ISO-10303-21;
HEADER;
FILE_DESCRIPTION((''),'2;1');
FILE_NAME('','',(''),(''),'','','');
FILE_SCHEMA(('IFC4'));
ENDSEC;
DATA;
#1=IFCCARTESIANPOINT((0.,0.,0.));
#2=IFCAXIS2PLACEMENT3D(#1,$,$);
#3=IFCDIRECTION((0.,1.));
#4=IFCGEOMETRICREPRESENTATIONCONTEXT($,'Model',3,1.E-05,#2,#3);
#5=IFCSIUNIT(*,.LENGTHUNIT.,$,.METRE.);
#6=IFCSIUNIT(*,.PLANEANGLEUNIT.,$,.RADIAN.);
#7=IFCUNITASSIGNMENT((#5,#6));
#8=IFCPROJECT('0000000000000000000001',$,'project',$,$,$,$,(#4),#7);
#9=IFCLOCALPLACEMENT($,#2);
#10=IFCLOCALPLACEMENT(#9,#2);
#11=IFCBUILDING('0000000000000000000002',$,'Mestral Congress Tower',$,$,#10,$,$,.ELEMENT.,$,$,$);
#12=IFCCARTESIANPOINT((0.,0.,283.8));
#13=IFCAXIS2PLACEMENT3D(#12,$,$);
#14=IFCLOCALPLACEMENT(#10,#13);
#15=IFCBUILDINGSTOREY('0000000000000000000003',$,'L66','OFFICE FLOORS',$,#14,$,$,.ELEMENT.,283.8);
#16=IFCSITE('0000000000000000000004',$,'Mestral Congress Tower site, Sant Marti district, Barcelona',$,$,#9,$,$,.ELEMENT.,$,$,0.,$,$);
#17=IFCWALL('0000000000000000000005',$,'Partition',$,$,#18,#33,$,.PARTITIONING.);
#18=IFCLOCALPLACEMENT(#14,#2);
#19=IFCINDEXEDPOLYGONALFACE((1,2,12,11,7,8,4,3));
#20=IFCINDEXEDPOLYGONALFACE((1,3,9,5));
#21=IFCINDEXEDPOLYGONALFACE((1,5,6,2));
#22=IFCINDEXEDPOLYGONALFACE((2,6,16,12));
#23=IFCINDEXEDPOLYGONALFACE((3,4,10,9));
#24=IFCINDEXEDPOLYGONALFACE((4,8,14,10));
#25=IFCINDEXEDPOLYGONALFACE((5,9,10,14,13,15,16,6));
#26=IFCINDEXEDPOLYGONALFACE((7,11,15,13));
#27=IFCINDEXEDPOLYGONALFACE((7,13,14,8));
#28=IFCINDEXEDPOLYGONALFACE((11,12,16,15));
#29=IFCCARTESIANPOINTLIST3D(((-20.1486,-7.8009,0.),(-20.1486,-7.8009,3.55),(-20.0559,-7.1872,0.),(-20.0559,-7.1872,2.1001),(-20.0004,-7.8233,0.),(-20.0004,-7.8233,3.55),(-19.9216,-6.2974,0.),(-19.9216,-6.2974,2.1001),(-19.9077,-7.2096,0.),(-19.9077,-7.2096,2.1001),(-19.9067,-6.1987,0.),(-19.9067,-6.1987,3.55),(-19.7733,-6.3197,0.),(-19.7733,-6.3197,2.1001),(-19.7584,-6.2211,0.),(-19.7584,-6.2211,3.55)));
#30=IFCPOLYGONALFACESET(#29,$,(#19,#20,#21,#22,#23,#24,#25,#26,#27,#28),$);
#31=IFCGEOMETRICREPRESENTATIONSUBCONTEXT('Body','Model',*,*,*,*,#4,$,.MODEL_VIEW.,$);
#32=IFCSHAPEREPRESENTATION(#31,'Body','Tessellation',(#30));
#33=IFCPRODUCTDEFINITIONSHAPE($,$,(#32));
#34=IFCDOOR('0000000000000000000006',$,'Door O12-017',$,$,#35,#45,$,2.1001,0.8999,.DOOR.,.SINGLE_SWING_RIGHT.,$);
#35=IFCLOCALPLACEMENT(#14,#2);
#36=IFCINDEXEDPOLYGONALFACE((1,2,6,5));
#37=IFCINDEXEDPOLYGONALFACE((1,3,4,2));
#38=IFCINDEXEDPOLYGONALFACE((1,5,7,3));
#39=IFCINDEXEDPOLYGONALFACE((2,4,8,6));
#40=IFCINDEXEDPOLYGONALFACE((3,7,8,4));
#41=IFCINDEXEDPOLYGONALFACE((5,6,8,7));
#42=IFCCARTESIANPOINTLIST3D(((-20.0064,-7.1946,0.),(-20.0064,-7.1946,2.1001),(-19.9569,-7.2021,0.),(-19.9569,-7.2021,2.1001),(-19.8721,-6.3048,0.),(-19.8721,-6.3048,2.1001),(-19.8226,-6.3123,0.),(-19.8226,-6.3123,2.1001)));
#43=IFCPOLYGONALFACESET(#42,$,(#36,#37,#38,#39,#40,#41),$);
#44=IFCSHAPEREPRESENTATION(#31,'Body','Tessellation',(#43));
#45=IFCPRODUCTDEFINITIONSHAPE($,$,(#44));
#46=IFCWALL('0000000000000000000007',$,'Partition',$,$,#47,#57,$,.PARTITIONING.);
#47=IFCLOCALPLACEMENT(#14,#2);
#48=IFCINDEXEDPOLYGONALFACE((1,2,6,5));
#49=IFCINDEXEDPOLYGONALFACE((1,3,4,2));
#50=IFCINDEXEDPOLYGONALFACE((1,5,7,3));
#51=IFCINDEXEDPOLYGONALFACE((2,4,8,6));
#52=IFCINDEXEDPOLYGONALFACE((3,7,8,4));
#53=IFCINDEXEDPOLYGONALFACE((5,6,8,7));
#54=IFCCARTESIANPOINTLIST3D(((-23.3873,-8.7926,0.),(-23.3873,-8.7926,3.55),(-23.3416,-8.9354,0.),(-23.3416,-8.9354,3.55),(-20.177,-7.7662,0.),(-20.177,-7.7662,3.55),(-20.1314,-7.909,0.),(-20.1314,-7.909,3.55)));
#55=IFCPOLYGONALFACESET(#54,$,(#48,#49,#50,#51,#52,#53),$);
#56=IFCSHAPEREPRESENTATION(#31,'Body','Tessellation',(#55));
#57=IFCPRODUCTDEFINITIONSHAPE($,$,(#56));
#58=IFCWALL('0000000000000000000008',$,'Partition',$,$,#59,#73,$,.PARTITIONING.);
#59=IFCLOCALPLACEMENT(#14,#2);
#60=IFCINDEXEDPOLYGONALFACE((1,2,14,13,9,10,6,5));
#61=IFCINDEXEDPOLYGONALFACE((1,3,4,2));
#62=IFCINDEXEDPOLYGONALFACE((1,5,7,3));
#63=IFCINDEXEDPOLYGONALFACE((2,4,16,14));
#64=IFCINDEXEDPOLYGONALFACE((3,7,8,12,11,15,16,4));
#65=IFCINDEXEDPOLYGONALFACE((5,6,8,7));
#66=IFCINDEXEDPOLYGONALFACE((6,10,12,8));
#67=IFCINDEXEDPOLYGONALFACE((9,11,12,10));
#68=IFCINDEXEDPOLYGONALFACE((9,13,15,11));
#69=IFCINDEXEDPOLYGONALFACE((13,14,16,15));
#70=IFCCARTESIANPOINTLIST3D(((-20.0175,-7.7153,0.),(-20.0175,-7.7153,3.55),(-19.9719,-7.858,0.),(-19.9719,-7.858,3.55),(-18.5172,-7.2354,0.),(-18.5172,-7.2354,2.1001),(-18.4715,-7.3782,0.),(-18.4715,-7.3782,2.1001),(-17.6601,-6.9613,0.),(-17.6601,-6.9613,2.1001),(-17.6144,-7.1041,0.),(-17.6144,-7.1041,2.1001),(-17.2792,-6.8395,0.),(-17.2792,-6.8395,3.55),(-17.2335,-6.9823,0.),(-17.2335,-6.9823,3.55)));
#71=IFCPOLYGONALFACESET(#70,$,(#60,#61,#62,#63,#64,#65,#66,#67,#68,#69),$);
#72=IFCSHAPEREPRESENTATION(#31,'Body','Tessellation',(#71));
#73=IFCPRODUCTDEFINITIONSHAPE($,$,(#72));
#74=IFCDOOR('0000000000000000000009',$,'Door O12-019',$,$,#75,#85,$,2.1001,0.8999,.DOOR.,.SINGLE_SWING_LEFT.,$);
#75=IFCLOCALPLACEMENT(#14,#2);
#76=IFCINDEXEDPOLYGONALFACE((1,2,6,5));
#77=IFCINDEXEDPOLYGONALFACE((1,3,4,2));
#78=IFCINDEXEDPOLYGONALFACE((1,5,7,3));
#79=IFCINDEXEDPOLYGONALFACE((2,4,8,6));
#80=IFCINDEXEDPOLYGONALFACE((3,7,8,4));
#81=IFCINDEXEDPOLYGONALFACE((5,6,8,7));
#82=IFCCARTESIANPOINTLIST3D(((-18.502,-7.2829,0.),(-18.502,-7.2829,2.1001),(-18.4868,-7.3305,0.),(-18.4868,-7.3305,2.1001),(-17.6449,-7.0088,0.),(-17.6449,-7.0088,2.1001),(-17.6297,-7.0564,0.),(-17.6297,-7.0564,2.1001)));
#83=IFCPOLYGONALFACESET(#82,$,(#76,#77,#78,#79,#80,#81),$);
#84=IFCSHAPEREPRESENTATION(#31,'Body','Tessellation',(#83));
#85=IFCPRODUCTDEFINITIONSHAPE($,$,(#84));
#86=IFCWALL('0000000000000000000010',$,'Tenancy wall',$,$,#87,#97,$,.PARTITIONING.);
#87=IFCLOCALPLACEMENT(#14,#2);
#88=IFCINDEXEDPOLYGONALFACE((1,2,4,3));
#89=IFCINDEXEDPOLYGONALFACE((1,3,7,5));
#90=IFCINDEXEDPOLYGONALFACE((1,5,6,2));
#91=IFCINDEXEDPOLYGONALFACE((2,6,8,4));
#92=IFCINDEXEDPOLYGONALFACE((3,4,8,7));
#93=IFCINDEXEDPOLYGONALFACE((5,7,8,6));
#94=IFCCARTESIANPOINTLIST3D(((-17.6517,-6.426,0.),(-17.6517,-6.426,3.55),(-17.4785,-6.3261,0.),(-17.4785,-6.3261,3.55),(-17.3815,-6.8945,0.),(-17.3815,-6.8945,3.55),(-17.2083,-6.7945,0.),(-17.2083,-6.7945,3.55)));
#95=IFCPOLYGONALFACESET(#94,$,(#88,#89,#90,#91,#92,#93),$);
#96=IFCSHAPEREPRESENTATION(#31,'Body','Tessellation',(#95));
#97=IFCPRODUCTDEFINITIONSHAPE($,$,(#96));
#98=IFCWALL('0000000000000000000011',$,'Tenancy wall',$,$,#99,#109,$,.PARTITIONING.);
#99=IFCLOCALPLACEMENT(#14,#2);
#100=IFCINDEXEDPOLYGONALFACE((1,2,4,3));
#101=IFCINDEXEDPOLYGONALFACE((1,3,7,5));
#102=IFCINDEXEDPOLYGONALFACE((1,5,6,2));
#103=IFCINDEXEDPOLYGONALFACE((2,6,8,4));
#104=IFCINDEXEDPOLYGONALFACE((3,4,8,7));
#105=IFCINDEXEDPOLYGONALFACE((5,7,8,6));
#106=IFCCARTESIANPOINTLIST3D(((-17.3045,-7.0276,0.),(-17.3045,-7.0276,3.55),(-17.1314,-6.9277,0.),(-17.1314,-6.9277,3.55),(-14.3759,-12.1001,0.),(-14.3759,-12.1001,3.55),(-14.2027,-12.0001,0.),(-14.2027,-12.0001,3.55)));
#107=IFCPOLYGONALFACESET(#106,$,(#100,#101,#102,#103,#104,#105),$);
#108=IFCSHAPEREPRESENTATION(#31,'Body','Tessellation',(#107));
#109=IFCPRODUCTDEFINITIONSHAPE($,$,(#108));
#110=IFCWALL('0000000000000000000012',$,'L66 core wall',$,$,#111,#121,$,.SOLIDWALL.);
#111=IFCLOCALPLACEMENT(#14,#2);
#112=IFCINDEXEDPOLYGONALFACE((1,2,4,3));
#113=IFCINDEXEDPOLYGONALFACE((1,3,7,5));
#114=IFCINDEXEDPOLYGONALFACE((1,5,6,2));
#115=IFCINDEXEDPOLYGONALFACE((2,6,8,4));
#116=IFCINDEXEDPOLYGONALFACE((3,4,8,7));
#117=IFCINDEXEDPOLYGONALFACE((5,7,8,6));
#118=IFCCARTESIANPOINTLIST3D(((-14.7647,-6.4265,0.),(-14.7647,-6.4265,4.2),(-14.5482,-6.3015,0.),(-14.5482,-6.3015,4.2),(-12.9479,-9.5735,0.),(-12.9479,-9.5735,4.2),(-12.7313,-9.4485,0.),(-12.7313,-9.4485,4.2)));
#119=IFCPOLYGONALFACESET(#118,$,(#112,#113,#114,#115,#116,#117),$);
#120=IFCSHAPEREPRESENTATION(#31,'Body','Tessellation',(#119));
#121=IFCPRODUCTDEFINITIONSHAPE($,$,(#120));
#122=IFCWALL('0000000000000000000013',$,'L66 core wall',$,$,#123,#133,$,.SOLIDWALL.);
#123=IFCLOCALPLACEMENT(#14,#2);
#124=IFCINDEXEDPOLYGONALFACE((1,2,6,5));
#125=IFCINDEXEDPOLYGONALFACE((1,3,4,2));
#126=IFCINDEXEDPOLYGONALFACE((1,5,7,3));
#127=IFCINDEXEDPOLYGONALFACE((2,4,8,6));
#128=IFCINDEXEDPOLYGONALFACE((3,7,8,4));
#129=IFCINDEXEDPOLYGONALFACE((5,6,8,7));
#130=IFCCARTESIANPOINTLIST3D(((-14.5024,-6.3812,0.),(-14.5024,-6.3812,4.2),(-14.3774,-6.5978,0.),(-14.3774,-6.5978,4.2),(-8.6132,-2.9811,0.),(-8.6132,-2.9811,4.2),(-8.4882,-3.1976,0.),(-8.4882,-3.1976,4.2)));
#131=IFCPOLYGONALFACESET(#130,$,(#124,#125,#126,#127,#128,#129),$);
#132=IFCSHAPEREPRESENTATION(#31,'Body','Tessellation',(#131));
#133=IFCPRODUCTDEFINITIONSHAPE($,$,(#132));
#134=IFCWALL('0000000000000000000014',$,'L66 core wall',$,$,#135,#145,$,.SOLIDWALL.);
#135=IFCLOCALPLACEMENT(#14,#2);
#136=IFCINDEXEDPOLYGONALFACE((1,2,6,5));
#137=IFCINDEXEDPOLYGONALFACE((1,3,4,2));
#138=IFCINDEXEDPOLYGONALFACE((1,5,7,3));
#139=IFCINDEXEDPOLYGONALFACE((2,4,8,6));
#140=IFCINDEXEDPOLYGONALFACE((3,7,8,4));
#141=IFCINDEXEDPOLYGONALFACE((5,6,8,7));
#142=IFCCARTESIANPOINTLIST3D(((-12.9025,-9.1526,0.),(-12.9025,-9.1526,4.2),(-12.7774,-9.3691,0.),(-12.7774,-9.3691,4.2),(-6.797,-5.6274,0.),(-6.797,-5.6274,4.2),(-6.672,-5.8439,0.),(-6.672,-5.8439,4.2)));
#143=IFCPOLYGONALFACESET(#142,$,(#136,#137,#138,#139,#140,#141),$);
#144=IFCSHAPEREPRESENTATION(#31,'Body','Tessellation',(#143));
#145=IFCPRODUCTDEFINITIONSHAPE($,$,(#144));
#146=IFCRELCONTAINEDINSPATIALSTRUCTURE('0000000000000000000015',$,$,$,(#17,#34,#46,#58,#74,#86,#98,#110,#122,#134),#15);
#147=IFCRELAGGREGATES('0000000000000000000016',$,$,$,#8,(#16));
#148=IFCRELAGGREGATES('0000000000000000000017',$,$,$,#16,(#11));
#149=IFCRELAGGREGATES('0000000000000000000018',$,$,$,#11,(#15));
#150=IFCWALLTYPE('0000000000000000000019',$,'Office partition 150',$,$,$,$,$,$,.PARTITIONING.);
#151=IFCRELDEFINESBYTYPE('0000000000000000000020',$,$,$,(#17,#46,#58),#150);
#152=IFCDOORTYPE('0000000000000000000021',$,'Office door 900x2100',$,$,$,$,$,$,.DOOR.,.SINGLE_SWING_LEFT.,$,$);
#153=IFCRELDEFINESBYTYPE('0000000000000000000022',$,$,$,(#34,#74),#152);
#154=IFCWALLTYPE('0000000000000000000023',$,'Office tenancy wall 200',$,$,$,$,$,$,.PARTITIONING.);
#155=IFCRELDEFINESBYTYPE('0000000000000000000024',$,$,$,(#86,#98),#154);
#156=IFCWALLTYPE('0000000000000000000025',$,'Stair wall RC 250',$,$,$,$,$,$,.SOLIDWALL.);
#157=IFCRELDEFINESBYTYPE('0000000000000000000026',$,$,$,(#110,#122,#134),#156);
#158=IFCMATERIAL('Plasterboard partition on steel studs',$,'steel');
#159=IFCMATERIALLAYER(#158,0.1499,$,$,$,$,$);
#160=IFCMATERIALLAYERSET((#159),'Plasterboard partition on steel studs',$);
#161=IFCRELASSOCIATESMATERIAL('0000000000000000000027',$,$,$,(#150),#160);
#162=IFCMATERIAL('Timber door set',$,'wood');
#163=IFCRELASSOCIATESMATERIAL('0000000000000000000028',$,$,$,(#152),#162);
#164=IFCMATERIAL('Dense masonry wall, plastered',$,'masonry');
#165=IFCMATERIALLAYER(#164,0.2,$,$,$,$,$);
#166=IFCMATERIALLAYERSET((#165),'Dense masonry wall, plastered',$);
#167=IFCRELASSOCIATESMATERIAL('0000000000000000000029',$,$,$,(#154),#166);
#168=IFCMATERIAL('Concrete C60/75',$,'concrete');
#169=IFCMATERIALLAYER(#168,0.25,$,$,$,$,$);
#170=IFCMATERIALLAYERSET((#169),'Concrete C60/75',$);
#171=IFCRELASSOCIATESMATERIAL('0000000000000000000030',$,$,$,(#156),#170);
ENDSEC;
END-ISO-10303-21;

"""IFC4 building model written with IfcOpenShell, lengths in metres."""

from ifc_helpers import new_model, si_unit, direction, frame, frame_2d, origin, place, context, subcontext, project, spatial, rectangle, extrude, material, layer, layer_set, type_object, element, fill, save


model = new_model("IFC4")

# Units and contexts
model_context = context("Model", 3, precision=1e-05, world=origin(), true_north=direction((0.0, 1.0)))
body_context = subcontext(model_context, "Body", "Model", "MODEL_VIEW")
ifc_project = project(units=[si_unit("LENGTHUNIT", "METRE"), si_unit("PLANEANGLEUNIT", "RADIAN")], contexts=[model_context])

# Site, building, storey
site_placement = place(None, origin())
site = spatial("IfcSite", under=ifc_project, at=site_placement, Name="Mestral Congress Tower site, Sant Marti district, Barcelona", CompositionType="ELEMENT", RefElevation=0.0)
building_placement = place(site_placement, origin())
building = spatial("IfcBuilding", under=site, at=building_placement, Name="Mestral Congress Tower", CompositionType="ELEMENT")
storey_placement = place(building_placement, frame((0.0, 0.0, 283.8)))
storey = spatial("IfcBuildingStorey", under=building, at=storey_placement, Name="L66", Description="OFFICE FLOORS", CompositionType="ELEMENT", Elevation=283.8)

# Shared definitions
ifc_material_1 = material(Name="Concrete C60/75", Category="concrete")

# Shared definitions
ifc_material_2 = material(Name="Plasterboard partition on steel studs", Category="steel")
ifc_layer_1 = layer(ifc_material_2, 0.1499)
ifc_layer_set_1 = layer_set([ifc_layer_1], Name="Plasterboard partition on steel studs")
wall_type_1 = type_object("IfcWallType", Name="Office partition 150", PredefinedType="PARTITIONING", material=ifc_layer_set_1)

# Shared definitions
ifc_material_3 = material(Name="Timber door set", Category="wood")
door_type = type_object("IfcDoorType", Name="Office door 900x2100", OperationType="SINGLE_SWING_LEFT", PredefinedType="DOOR", material=ifc_material_3)

# Wall, opening, door
wall_1_placement = place(storey_placement, frame((-20.0745, -7.812, 0.0), z_axis=(0.0, 0.0, 1.0), x_axis=(0.149305, 0.988791, 0.0)))
wall_1 = element("IfcWall", 1, at=wall_1_placement, inside=storey, type_object=wall_type_1, Name="Partition", PredefinedType="PARTITIONING", context=body_context, shape_type="SweptSolid", body=[
    extrude(rectangle(XDim=1.6204, YDim=0.1499, at=frame_2d((0.8101, 0.0))), origin(), (0.0, 0.0, 1.0), 3.55),
])
opening_1_placement = place(wall_1_placement, frame((0.6206, 0.0, 0.0)))
opening_1 = element("IfcOpeningElement", 2, at=opening_1_placement, cuts=wall_1, PredefinedType="OPENING", context=body_context, shape_type="SweptSolid", body=[
    extrude(rectangle(XDim=0.8999, YDim=2.1001, at=frame_2d((0.45, 1.05))), frame((0.0, 0.085, 0.0), z_axis=(0.0, -1.0, 0.0), x_axis=(1.0, 0.0, 0.0)), (0.0, 0.0, 1.0), 0.1699),
])
door_1_placement = place(opening_1_placement, origin())
door_1 = element("IfcDoor", 3, at=door_1_placement, inside=storey, type_object=door_type, Name="Door O12-017", OperationType="SINGLE_SWING_RIGHT", OverallHeight=2.1001, OverallWidth=0.8999, PredefinedType="DOOR", context=body_context, shape_type="SweptSolid", body=[
    extrude(rectangle(XDim=0.8999, YDim=2.1001, at=frame_2d((0.45, 1.05))), frame((0.0, 0.0249, 0.0), z_axis=(0.0, -1.0, 0.0), x_axis=(1.0, 0.0, 0.0)), (0.0, 0.0, 1.0), 0.05),
])
fill(opening_1, door_1)

# Wall
wall_2_placement = place(storey_placement, frame((-20.1543, -7.8376, 0.0), z_axis=(0.0, 0.0, 1.0), x_axis=(-0.952501, -0.304534, 0.0)))
element("IfcWall", 4, at=wall_2_placement, inside=storey, type_object=wall_type_1, Name="Partition", PredefinedType="PARTITIONING", context=body_context, shape_type="SweptSolid", body=[
    extrude(rectangle(XDim=3.3704, YDim=0.1499, at=frame_2d((1.6851, 0.0))), origin(), (0.0, 0.0, 1.0), 3.55),
])

# Wall, opening, door
wall_3_placement = place(storey_placement, frame((-17.2563, -6.9109, 0.0), z_axis=(0.0, 0.0, 1.0), x_axis=(-0.952476, -0.304612, 0.0)))
wall_3 = element("IfcWall", 5, at=wall_3_placement, inside=storey, type_object=wall_type_1, Name="Partition", PredefinedType="PARTITIONING", context=body_context, shape_type="SweptSolid", body=[
    extrude(rectangle(XDim=2.875, YDim=0.1499, at=frame_2d((1.4375, 0.0))), origin(), (0.0, 0.0, 1.0), 3.55),
])
opening_2_placement = place(wall_3_placement, frame((0.3999, 0.0, 0.0)))
opening_2 = element("IfcOpeningElement", 6, at=opening_2_placement, cuts=wall_3, PredefinedType="OPENING", context=body_context, shape_type="SweptSolid", body=[
    extrude(rectangle(XDim=0.8999, YDim=2.1001, at=frame_2d((0.45, 1.05))), frame((0.0, 0.085, 0.0), z_axis=(0.0, -1.0, 0.0), x_axis=(1.0, 0.0, 0.0)), (0.0, 0.0, 1.0), 0.1699),
])
door_2_placement = place(opening_2_placement, origin())
door_2 = element("IfcDoor", 7, at=door_2_placement, inside=storey, type_object=door_type, Name="Door O12-019", OperationType="SINGLE_SWING_LEFT", OverallHeight=2.1001, OverallWidth=0.8999, PredefinedType="DOOR", context=body_context, shape_type="SweptSolid", body=[
    extrude(rectangle(XDim=0.8999, YDim=2.1001, at=frame_2d((0.45, 1.05))), frame((0.0, 0.0249, 0.0), z_axis=(0.0, -1.0, 0.0), x_axis=(1.0, 0.0, 0.0)), (0.0, 0.0, 1.0), 0.05),
])
fill(opening_2, door_2)

# Walls
ifc_material_4 = material(Name="Dense masonry wall, plastered", Category="masonry")
ifc_layer_2 = layer(ifc_material_4, 0.2)
ifc_layer_set_2 = layer_set([ifc_layer_2], Name="Dense masonry wall, plastered")
wall_type_2 = type_object("IfcWallType", Name="Office tenancy wall 200", PredefinedType="PARTITIONING", material=ifc_layer_set_2)
wall_4_placement = place(storey_placement, frame((-17.5652, -6.376, 0.0), z_axis=(0.0, 0.0, 1.0), x_axis=(0.499683, -0.866208, 0.0)))
element("IfcWall", 8, at=wall_4_placement, inside=storey, type_object=wall_type_2, Name="Tenancy wall", PredefinedType="PARTITIONING", context=body_context, shape_type="SweptSolid", body=[
    extrude(rectangle(XDim=0.5408, YDim=0.2, at=frame_2d((0.2705, 0.0))), origin(), (0.0, 0.0, 1.0), 3.55),
])
wall_5_placement = place(storey_placement, frame((-17.218, -6.9775, 0.0), z_axis=(0.0, 0.0, 1.0), x_axis=(0.500012, -0.866018, 0.0)))
element("IfcWall", 9, at=wall_5_placement, inside=storey, type_object=wall_type_2, Name="Tenancy wall", PredefinedType="PARTITIONING", context=body_context, shape_type="SweptSolid", body=[
    extrude(rectangle(XDim=5.8572, YDim=0.2, at=frame_2d((2.9287, 0.0))), origin(), (0.0, 0.0, 1.0), 3.55),
])
ifc_layer_3 = layer(ifc_material_1, 0.25)
ifc_layer_set_3 = layer_set([ifc_layer_3], Name="Concrete C60/75")
wall_type_3 = type_object("IfcWallType", Name="Stair wall RC 250", PredefinedType="SOLIDWALL", material=ifc_layer_set_3)
wall_6_placement = place(storey_placement, frame((-12.8396, -9.511, 0.0), z_axis=(0.0, 0.0, 1.0), x_axis=(-0.499998, 0.866027, 0.0)))
element("IfcWall", 10, at=wall_6_placement, inside=storey, type_object=wall_type_3, Name="L66 core wall", PredefinedType="SOLIDWALL", context=body_context, shape_type="SweptSolid", body=[
    extrude(rectangle(XDim=3.6338, YDim=0.25, at=frame_2d((1.8169, 0.0))), origin(), (0.0, 0.0, 1.0), 4.2),
])
wall_7_placement = place(storey_placement, frame((-14.4399, -6.4895, 0.0), z_axis=(0.0, 0.0, 1.0), x_axis=(0.866023, 0.500004, 0.0)))
element("IfcWall", 11, at=wall_7_placement, inside=storey, type_object=wall_type_3, Name="L66 core wall", PredefinedType="SOLIDWALL", context=body_context, shape_type="SweptSolid", body=[
    extrude(rectangle(XDim=6.8003, YDim=0.25, at=frame_2d((3.4001, 0.0))), origin(), (0.0, 0.0, 1.0), 4.2),
])
wall_8_placement = place(storey_placement, frame((-12.8398, -9.2607, 0.0), z_axis=(0.0, 0.0, 1.0), x_axis=(0.866016, 0.500016, 0.0)))
element("IfcWall", 12, at=wall_8_placement, inside=storey, type_object=wall_type_3, Name="L66 core wall", PredefinedType="SOLIDWALL", context=body_context, shape_type="SweptSolid", body=[
    extrude(rectangle(XDim=7.05, YDim=0.25, at=frame_2d((3.5249, 0.0))), origin(), (0.0, 0.0, 1.0), 4.2),
])

save(model, "model.ifc")
